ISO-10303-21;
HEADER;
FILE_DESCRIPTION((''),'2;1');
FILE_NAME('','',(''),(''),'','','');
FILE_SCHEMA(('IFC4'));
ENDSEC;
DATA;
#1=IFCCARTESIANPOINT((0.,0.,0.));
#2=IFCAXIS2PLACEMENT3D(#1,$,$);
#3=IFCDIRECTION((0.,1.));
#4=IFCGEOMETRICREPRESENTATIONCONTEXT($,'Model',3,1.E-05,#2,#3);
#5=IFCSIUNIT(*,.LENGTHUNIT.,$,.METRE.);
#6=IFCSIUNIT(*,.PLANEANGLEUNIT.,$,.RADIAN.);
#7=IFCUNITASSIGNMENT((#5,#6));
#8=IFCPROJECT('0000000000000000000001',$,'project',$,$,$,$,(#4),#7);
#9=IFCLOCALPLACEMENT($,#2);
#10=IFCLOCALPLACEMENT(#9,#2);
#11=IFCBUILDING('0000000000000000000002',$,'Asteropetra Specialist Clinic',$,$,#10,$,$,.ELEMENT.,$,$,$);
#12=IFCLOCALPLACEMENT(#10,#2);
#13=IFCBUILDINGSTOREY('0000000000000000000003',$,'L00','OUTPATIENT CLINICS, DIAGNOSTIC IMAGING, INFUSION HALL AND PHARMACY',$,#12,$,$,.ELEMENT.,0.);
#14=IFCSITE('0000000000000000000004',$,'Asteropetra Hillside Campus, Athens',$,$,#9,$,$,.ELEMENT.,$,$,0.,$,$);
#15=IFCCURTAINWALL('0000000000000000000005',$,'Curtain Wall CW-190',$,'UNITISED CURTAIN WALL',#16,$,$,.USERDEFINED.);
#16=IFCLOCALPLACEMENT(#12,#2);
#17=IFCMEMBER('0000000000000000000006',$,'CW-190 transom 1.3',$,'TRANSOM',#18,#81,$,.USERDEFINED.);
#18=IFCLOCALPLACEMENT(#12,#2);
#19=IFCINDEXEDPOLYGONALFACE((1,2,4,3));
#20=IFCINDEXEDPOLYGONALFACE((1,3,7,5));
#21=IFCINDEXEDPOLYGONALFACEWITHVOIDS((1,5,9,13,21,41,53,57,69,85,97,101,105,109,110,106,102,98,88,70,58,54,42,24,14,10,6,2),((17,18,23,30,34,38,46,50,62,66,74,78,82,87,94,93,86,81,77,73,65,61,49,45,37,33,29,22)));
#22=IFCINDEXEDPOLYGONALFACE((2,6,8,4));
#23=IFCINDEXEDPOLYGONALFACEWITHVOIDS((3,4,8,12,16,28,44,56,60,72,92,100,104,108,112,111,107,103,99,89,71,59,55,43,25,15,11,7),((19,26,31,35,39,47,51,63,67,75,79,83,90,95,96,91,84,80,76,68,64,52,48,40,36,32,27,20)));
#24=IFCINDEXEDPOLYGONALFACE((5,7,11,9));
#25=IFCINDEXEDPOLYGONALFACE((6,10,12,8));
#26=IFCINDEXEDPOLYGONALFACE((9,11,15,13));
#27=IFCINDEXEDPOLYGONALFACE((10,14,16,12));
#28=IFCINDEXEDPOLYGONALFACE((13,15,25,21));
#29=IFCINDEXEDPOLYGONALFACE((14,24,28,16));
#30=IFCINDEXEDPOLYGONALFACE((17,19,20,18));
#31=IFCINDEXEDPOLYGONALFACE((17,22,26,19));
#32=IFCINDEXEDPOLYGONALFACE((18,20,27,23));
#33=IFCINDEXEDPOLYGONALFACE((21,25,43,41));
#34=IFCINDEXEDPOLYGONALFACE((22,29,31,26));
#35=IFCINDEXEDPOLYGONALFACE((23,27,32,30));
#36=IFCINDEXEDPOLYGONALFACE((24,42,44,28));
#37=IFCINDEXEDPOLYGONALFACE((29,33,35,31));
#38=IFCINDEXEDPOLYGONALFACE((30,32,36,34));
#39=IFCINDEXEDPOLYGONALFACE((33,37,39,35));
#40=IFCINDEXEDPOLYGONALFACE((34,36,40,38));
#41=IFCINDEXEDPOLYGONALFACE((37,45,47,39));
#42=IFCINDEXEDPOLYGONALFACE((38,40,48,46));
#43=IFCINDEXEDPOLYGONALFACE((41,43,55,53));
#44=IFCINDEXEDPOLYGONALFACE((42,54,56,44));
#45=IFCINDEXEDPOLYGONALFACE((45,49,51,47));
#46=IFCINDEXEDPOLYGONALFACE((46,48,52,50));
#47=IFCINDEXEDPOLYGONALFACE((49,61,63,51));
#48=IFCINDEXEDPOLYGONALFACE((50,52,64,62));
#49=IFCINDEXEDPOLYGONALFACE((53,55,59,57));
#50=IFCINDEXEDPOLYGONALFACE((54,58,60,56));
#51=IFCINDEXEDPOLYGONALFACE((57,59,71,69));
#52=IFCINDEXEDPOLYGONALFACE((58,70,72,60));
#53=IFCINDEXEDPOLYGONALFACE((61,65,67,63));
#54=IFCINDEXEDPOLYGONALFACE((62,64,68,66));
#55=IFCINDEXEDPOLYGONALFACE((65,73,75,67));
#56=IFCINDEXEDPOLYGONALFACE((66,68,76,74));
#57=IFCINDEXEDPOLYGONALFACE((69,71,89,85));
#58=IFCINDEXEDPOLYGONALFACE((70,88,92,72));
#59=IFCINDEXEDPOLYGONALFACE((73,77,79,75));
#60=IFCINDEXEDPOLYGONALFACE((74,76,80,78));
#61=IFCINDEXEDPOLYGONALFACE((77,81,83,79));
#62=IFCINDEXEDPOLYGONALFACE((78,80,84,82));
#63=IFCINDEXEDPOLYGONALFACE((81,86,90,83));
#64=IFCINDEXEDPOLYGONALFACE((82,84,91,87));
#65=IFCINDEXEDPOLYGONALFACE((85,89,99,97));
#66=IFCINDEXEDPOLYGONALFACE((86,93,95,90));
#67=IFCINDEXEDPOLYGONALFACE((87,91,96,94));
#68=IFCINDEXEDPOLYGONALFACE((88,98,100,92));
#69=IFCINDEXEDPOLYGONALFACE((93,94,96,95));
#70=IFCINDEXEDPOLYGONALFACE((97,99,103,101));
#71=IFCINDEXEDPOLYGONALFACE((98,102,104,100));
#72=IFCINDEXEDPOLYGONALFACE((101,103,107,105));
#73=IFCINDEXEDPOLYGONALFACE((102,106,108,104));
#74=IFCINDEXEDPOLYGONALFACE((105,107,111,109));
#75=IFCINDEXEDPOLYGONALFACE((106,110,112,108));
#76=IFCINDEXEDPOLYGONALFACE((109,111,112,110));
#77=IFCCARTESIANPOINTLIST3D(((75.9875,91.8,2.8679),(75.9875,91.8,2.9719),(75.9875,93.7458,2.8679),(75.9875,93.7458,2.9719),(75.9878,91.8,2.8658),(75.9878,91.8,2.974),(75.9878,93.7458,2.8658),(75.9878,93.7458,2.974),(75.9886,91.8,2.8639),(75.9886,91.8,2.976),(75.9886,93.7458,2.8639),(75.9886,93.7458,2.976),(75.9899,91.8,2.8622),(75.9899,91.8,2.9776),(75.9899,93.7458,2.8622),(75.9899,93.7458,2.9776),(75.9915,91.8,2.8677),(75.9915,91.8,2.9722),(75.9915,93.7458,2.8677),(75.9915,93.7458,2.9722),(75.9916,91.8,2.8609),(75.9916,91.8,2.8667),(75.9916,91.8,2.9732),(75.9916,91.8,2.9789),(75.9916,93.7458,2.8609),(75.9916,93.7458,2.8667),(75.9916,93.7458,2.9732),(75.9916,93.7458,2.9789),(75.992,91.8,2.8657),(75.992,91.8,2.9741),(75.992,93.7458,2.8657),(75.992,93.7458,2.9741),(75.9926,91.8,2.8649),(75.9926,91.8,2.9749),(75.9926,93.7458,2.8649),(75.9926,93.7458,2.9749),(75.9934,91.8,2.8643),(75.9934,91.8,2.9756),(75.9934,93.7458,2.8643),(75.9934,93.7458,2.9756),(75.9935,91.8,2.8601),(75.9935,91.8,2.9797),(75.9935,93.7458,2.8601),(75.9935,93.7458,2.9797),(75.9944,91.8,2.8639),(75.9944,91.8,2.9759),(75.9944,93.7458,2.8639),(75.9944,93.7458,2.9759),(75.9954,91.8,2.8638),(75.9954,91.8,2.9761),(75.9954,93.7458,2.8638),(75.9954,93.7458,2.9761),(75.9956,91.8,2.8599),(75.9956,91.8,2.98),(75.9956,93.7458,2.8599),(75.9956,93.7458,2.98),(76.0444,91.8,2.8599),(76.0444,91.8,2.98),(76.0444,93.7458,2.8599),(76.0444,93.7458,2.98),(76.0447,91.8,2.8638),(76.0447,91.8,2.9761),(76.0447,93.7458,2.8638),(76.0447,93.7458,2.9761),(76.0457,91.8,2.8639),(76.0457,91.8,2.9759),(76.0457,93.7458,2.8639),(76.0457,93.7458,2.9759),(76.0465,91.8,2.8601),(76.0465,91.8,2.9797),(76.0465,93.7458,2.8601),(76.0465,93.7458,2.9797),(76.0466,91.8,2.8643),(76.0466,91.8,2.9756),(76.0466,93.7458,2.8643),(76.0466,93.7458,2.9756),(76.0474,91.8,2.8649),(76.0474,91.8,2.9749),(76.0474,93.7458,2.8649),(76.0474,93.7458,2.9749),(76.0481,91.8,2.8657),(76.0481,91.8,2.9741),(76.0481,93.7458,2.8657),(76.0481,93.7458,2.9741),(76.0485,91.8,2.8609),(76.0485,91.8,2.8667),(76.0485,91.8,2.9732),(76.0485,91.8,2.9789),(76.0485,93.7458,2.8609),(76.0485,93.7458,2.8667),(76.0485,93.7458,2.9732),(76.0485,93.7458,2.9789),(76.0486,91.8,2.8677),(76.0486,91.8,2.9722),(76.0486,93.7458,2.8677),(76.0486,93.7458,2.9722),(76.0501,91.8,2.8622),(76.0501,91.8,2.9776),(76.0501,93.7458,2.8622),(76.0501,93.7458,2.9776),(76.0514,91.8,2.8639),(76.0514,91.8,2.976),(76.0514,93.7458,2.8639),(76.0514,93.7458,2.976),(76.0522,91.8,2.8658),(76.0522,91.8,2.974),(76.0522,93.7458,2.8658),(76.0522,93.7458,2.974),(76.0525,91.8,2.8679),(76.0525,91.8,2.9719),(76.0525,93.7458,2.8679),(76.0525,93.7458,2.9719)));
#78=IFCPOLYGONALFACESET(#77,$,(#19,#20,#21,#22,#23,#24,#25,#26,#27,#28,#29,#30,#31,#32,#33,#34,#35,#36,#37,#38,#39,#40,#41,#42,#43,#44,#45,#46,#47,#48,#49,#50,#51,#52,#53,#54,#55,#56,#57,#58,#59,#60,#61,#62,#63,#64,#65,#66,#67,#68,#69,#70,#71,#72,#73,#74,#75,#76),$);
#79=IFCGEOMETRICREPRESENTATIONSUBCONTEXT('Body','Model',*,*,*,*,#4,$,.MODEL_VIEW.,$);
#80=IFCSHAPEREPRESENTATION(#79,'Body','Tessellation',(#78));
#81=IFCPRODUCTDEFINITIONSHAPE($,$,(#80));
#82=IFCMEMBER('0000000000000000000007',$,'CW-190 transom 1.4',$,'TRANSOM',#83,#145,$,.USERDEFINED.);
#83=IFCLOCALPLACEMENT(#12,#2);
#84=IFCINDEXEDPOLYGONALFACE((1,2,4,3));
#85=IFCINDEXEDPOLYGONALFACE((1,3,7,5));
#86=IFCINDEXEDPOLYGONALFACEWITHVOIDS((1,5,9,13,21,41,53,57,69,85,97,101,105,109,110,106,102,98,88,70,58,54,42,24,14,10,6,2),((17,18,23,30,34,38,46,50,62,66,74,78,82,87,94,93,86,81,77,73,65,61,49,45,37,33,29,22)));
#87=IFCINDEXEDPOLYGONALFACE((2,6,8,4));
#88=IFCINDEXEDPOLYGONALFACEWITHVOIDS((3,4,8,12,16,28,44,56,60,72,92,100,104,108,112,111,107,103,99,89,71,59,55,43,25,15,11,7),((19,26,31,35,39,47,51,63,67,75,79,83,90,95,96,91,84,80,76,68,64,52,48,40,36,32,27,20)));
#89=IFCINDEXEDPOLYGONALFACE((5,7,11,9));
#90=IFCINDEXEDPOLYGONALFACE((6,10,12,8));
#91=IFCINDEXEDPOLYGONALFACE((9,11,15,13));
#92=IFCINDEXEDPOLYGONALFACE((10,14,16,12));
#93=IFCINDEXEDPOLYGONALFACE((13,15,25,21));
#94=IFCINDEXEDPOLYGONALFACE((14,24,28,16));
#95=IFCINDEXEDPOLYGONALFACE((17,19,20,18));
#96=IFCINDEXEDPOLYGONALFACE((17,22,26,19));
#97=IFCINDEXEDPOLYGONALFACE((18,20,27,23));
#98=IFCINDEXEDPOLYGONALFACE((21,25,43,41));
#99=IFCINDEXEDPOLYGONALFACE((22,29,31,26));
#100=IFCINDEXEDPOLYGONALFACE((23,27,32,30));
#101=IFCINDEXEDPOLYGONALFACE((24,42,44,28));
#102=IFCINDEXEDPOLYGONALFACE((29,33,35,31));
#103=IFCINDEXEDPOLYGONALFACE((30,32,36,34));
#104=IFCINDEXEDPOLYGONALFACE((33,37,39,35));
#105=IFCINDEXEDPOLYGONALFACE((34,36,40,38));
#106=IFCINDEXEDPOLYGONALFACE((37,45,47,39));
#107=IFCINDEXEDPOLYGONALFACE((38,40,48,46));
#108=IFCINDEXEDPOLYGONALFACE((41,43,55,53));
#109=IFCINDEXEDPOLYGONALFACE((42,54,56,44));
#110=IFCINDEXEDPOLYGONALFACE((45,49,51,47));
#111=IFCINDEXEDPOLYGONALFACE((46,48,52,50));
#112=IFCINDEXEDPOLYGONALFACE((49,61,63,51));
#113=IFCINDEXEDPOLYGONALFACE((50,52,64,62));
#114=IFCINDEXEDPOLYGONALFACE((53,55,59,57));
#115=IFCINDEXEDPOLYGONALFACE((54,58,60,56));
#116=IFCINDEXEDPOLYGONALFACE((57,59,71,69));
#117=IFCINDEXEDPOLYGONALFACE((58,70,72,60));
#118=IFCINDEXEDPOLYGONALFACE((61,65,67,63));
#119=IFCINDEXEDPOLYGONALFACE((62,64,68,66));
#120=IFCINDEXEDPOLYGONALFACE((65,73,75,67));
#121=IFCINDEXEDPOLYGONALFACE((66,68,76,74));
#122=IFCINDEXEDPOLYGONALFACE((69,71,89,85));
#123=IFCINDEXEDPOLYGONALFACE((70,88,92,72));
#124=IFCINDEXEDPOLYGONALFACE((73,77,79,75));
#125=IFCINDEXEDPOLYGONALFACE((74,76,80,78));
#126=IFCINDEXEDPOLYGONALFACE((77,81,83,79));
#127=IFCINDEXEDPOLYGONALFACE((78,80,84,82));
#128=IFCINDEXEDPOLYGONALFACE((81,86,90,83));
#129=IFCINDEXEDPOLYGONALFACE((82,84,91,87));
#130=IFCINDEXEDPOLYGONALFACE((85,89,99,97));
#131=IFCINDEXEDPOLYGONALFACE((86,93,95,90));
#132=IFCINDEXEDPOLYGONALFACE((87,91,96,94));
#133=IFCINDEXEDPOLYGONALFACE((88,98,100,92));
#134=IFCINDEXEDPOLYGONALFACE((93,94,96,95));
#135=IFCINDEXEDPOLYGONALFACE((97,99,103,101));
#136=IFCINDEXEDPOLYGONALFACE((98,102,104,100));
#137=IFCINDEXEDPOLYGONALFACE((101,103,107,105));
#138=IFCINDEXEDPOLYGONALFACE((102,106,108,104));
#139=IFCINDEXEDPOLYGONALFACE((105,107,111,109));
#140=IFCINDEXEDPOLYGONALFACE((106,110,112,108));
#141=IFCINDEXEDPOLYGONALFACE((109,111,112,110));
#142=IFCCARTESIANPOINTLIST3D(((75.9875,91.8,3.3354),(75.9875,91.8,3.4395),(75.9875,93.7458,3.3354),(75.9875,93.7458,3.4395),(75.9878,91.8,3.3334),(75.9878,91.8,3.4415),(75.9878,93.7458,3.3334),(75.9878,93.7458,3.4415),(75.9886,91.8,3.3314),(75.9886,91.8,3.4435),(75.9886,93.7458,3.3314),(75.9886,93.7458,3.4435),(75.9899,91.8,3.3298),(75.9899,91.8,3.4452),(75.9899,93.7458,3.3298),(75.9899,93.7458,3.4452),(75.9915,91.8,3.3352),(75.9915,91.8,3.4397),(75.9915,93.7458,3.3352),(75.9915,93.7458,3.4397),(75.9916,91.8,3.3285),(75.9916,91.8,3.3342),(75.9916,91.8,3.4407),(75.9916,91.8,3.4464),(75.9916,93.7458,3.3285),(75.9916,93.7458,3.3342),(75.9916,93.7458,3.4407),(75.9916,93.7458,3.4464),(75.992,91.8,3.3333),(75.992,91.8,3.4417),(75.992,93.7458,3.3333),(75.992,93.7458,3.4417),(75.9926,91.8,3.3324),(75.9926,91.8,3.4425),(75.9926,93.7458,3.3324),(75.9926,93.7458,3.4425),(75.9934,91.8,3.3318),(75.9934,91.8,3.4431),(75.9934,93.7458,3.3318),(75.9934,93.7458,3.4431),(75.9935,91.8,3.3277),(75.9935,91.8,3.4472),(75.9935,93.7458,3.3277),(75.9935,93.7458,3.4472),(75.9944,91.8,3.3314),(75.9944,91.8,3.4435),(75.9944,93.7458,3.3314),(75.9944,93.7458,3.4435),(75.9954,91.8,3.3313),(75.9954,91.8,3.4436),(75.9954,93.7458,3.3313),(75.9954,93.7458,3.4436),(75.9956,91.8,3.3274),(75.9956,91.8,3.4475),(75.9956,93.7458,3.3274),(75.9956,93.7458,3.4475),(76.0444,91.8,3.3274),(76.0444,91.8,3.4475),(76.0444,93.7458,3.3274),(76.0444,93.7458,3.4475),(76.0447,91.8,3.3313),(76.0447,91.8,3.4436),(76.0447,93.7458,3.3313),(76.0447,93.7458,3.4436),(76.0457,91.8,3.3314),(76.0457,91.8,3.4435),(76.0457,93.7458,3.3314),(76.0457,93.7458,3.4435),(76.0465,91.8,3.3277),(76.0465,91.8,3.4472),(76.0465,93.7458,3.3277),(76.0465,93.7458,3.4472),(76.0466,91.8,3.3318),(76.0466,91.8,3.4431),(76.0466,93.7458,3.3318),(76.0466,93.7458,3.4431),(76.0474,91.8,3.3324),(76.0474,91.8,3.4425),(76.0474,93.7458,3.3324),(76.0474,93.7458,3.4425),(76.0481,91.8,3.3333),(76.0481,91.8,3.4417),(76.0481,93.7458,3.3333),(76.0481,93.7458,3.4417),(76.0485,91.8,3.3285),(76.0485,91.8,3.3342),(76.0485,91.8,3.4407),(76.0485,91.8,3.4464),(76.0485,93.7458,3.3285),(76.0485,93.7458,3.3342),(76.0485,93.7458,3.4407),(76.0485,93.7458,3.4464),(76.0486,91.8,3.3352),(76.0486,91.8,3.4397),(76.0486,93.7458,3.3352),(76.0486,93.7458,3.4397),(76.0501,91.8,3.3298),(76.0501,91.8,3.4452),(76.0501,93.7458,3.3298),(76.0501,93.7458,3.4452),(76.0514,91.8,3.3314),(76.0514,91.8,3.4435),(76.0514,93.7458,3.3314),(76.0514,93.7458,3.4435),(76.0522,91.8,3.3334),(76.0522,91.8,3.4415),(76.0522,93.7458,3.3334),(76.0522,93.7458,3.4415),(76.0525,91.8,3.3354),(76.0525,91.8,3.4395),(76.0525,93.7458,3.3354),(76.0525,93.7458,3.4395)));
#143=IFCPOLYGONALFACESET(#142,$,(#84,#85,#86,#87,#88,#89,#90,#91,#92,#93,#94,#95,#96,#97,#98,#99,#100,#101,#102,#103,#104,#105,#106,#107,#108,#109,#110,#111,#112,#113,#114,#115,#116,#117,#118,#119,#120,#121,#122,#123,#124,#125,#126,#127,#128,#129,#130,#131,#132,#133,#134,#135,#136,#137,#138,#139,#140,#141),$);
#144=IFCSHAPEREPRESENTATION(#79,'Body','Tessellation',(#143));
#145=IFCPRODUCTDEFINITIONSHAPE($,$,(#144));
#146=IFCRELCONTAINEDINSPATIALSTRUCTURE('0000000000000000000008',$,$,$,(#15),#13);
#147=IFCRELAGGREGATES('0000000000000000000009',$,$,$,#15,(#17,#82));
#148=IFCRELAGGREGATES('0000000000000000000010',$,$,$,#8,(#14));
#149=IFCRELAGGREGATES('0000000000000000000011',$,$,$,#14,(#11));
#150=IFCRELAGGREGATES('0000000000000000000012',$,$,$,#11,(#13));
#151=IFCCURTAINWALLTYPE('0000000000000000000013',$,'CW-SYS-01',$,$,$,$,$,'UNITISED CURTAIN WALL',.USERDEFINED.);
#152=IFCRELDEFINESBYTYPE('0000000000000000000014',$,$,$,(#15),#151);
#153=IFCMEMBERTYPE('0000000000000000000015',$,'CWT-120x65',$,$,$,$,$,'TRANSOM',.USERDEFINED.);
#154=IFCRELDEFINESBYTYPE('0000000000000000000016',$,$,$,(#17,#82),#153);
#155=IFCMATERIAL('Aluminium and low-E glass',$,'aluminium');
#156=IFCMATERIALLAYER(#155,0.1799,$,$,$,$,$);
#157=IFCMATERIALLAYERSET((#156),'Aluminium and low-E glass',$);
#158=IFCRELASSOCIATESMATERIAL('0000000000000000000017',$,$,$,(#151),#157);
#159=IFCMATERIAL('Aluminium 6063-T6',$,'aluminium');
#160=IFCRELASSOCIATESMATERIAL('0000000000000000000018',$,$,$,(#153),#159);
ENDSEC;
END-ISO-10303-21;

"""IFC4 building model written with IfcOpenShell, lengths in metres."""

from ifc_helpers import new_model, si_unit, direction, frame, origin, origin_2d, place, context, subcontext, project, spatial, hollow_rectangle, extrude, material, layer, layer_set, material_profile, profile_set, type_object, element, aggregate, save


model = new_model("IFC4")

# Units and contexts
model_context = context("Model", 3, precision=1e-05, world=origin(), true_north=direction((0.0, 1.0)))
body_context = subcontext(model_context, "Body", "Model", "MODEL_VIEW")
ifc_project = project(units=[si_unit("LENGTHUNIT", "METRE"), si_unit("PLANEANGLEUNIT", "RADIAN")], contexts=[model_context])

# Site, building, storey
site_placement = place(None, origin())
site = spatial("IfcSite", under=ifc_project, at=site_placement, Name="Asteropetra Hillside Campus, Athens", CompositionType="ELEMENT", RefElevation=0.0)
building_placement = place(site_placement, origin())
building = spatial("IfcBuilding", under=site, at=building_placement, Name="Asteropetra Specialist Clinic", CompositionType="ELEMENT")
storey_placement = place(building_placement, origin())
storey = spatial("IfcBuildingStorey", under=building, at=storey_placement, Name="L00", Description="OUTPATIENT CLINICS, DIAGNOSTIC IMAGING, INFUSION HALL AND PHARMACY", CompositionType="ELEMENT", Elevation=0.0)

# Curtain wall
ifc_material_1 = material(Name="Aluminium and low-E glass", Category="aluminium")
ifc_layer_1 = layer(ifc_material_1, 0.1799)
ifc_layer_set_1 = layer_set([ifc_layer_1], Name="Aluminium and low-E glass")
curtain_wall_type_1 = type_object("IfcCurtainWallType", Name="CW-SYS-01", ElementType="UNITISED CURTAIN WALL", PredefinedType="USERDEFINED", material=ifc_layer_set_1)
curtain_wall_1_placement = place(storey_placement, origin())
curtain_wall_1 = element("IfcCurtainWall", 1, at=curtain_wall_1_placement, inside=storey, type_object=curtain_wall_type_1, Name="Curtain Wall CW-190", ObjectType="UNITISED CURTAIN WALL", PredefinedType="USERDEFINED")

# Members
ifc_material_2 = material(Name="Aluminium 6063-T6", Category="aluminium")
ifc_material_profile_1 = material_profile(ifc_material_2, hollow_rectangle(XDim=0.0649, YDim=0.1201, WallThickness=0.0039, InnerFilletRadius=0.0039, OuterFilletRadius=0.0081, at=origin_2d()), Name="TRN 120x65x4.0")
ifc_profile_set_1 = profile_set([ifc_material_profile_1], Name="Aluminium 6063-T6")
member_type_1 = type_object("IfcMemberType", Name="CWT-120x65", ElementType="TRANSOM", PredefinedType="USERDEFINED", material=ifc_profile_set_1)
member_1_placement = place(storey_placement, frame((76.02, 91.8, 2.9199), z_axis=(0.0, 1.0, 0.0), x_axis=(-1.0, 0.0, 0.0)))
member_1 = element("IfcMember", 2, at=member_1_placement, type_object=member_type_1, Name="CW-190 transom 1.3", ObjectType="TRANSOM", PredefinedType="USERDEFINED", context=body_context, shape_type="SweptSolid", body=[
    extrude(hollow_rectangle(XDim=0.0649, YDim=0.1201, WallThickness=0.0039, InnerFilletRadius=0.0039, OuterFilletRadius=0.0081, at=origin_2d()), origin(), (0.0, 0.0, 1.0), 1.9458),
])
member_2_placement = place(storey_placement, frame((76.02, 91.8, 3.3875), z_axis=(0.0, 1.0, 0.0), x_axis=(-1.0, 0.0, 0.0)))
member_2 = element("IfcMember", 3, at=member_2_placement, type_object=member_type_1, Name="CW-190 transom 1.4", ObjectType="TRANSOM", PredefinedType="USERDEFINED", context=body_context, shape_type="SweptSolid", body=[
    extrude(hollow_rectangle(XDim=0.0649, YDim=0.1201, WallThickness=0.0039, InnerFilletRadius=0.0039, OuterFilletRadius=0.0081, at=origin_2d()), origin(), (0.0, 0.0, 1.0), 1.9458),
])

aggregate(curtain_wall_1, [member_1, member_2])

save(model, "model.ifc")
